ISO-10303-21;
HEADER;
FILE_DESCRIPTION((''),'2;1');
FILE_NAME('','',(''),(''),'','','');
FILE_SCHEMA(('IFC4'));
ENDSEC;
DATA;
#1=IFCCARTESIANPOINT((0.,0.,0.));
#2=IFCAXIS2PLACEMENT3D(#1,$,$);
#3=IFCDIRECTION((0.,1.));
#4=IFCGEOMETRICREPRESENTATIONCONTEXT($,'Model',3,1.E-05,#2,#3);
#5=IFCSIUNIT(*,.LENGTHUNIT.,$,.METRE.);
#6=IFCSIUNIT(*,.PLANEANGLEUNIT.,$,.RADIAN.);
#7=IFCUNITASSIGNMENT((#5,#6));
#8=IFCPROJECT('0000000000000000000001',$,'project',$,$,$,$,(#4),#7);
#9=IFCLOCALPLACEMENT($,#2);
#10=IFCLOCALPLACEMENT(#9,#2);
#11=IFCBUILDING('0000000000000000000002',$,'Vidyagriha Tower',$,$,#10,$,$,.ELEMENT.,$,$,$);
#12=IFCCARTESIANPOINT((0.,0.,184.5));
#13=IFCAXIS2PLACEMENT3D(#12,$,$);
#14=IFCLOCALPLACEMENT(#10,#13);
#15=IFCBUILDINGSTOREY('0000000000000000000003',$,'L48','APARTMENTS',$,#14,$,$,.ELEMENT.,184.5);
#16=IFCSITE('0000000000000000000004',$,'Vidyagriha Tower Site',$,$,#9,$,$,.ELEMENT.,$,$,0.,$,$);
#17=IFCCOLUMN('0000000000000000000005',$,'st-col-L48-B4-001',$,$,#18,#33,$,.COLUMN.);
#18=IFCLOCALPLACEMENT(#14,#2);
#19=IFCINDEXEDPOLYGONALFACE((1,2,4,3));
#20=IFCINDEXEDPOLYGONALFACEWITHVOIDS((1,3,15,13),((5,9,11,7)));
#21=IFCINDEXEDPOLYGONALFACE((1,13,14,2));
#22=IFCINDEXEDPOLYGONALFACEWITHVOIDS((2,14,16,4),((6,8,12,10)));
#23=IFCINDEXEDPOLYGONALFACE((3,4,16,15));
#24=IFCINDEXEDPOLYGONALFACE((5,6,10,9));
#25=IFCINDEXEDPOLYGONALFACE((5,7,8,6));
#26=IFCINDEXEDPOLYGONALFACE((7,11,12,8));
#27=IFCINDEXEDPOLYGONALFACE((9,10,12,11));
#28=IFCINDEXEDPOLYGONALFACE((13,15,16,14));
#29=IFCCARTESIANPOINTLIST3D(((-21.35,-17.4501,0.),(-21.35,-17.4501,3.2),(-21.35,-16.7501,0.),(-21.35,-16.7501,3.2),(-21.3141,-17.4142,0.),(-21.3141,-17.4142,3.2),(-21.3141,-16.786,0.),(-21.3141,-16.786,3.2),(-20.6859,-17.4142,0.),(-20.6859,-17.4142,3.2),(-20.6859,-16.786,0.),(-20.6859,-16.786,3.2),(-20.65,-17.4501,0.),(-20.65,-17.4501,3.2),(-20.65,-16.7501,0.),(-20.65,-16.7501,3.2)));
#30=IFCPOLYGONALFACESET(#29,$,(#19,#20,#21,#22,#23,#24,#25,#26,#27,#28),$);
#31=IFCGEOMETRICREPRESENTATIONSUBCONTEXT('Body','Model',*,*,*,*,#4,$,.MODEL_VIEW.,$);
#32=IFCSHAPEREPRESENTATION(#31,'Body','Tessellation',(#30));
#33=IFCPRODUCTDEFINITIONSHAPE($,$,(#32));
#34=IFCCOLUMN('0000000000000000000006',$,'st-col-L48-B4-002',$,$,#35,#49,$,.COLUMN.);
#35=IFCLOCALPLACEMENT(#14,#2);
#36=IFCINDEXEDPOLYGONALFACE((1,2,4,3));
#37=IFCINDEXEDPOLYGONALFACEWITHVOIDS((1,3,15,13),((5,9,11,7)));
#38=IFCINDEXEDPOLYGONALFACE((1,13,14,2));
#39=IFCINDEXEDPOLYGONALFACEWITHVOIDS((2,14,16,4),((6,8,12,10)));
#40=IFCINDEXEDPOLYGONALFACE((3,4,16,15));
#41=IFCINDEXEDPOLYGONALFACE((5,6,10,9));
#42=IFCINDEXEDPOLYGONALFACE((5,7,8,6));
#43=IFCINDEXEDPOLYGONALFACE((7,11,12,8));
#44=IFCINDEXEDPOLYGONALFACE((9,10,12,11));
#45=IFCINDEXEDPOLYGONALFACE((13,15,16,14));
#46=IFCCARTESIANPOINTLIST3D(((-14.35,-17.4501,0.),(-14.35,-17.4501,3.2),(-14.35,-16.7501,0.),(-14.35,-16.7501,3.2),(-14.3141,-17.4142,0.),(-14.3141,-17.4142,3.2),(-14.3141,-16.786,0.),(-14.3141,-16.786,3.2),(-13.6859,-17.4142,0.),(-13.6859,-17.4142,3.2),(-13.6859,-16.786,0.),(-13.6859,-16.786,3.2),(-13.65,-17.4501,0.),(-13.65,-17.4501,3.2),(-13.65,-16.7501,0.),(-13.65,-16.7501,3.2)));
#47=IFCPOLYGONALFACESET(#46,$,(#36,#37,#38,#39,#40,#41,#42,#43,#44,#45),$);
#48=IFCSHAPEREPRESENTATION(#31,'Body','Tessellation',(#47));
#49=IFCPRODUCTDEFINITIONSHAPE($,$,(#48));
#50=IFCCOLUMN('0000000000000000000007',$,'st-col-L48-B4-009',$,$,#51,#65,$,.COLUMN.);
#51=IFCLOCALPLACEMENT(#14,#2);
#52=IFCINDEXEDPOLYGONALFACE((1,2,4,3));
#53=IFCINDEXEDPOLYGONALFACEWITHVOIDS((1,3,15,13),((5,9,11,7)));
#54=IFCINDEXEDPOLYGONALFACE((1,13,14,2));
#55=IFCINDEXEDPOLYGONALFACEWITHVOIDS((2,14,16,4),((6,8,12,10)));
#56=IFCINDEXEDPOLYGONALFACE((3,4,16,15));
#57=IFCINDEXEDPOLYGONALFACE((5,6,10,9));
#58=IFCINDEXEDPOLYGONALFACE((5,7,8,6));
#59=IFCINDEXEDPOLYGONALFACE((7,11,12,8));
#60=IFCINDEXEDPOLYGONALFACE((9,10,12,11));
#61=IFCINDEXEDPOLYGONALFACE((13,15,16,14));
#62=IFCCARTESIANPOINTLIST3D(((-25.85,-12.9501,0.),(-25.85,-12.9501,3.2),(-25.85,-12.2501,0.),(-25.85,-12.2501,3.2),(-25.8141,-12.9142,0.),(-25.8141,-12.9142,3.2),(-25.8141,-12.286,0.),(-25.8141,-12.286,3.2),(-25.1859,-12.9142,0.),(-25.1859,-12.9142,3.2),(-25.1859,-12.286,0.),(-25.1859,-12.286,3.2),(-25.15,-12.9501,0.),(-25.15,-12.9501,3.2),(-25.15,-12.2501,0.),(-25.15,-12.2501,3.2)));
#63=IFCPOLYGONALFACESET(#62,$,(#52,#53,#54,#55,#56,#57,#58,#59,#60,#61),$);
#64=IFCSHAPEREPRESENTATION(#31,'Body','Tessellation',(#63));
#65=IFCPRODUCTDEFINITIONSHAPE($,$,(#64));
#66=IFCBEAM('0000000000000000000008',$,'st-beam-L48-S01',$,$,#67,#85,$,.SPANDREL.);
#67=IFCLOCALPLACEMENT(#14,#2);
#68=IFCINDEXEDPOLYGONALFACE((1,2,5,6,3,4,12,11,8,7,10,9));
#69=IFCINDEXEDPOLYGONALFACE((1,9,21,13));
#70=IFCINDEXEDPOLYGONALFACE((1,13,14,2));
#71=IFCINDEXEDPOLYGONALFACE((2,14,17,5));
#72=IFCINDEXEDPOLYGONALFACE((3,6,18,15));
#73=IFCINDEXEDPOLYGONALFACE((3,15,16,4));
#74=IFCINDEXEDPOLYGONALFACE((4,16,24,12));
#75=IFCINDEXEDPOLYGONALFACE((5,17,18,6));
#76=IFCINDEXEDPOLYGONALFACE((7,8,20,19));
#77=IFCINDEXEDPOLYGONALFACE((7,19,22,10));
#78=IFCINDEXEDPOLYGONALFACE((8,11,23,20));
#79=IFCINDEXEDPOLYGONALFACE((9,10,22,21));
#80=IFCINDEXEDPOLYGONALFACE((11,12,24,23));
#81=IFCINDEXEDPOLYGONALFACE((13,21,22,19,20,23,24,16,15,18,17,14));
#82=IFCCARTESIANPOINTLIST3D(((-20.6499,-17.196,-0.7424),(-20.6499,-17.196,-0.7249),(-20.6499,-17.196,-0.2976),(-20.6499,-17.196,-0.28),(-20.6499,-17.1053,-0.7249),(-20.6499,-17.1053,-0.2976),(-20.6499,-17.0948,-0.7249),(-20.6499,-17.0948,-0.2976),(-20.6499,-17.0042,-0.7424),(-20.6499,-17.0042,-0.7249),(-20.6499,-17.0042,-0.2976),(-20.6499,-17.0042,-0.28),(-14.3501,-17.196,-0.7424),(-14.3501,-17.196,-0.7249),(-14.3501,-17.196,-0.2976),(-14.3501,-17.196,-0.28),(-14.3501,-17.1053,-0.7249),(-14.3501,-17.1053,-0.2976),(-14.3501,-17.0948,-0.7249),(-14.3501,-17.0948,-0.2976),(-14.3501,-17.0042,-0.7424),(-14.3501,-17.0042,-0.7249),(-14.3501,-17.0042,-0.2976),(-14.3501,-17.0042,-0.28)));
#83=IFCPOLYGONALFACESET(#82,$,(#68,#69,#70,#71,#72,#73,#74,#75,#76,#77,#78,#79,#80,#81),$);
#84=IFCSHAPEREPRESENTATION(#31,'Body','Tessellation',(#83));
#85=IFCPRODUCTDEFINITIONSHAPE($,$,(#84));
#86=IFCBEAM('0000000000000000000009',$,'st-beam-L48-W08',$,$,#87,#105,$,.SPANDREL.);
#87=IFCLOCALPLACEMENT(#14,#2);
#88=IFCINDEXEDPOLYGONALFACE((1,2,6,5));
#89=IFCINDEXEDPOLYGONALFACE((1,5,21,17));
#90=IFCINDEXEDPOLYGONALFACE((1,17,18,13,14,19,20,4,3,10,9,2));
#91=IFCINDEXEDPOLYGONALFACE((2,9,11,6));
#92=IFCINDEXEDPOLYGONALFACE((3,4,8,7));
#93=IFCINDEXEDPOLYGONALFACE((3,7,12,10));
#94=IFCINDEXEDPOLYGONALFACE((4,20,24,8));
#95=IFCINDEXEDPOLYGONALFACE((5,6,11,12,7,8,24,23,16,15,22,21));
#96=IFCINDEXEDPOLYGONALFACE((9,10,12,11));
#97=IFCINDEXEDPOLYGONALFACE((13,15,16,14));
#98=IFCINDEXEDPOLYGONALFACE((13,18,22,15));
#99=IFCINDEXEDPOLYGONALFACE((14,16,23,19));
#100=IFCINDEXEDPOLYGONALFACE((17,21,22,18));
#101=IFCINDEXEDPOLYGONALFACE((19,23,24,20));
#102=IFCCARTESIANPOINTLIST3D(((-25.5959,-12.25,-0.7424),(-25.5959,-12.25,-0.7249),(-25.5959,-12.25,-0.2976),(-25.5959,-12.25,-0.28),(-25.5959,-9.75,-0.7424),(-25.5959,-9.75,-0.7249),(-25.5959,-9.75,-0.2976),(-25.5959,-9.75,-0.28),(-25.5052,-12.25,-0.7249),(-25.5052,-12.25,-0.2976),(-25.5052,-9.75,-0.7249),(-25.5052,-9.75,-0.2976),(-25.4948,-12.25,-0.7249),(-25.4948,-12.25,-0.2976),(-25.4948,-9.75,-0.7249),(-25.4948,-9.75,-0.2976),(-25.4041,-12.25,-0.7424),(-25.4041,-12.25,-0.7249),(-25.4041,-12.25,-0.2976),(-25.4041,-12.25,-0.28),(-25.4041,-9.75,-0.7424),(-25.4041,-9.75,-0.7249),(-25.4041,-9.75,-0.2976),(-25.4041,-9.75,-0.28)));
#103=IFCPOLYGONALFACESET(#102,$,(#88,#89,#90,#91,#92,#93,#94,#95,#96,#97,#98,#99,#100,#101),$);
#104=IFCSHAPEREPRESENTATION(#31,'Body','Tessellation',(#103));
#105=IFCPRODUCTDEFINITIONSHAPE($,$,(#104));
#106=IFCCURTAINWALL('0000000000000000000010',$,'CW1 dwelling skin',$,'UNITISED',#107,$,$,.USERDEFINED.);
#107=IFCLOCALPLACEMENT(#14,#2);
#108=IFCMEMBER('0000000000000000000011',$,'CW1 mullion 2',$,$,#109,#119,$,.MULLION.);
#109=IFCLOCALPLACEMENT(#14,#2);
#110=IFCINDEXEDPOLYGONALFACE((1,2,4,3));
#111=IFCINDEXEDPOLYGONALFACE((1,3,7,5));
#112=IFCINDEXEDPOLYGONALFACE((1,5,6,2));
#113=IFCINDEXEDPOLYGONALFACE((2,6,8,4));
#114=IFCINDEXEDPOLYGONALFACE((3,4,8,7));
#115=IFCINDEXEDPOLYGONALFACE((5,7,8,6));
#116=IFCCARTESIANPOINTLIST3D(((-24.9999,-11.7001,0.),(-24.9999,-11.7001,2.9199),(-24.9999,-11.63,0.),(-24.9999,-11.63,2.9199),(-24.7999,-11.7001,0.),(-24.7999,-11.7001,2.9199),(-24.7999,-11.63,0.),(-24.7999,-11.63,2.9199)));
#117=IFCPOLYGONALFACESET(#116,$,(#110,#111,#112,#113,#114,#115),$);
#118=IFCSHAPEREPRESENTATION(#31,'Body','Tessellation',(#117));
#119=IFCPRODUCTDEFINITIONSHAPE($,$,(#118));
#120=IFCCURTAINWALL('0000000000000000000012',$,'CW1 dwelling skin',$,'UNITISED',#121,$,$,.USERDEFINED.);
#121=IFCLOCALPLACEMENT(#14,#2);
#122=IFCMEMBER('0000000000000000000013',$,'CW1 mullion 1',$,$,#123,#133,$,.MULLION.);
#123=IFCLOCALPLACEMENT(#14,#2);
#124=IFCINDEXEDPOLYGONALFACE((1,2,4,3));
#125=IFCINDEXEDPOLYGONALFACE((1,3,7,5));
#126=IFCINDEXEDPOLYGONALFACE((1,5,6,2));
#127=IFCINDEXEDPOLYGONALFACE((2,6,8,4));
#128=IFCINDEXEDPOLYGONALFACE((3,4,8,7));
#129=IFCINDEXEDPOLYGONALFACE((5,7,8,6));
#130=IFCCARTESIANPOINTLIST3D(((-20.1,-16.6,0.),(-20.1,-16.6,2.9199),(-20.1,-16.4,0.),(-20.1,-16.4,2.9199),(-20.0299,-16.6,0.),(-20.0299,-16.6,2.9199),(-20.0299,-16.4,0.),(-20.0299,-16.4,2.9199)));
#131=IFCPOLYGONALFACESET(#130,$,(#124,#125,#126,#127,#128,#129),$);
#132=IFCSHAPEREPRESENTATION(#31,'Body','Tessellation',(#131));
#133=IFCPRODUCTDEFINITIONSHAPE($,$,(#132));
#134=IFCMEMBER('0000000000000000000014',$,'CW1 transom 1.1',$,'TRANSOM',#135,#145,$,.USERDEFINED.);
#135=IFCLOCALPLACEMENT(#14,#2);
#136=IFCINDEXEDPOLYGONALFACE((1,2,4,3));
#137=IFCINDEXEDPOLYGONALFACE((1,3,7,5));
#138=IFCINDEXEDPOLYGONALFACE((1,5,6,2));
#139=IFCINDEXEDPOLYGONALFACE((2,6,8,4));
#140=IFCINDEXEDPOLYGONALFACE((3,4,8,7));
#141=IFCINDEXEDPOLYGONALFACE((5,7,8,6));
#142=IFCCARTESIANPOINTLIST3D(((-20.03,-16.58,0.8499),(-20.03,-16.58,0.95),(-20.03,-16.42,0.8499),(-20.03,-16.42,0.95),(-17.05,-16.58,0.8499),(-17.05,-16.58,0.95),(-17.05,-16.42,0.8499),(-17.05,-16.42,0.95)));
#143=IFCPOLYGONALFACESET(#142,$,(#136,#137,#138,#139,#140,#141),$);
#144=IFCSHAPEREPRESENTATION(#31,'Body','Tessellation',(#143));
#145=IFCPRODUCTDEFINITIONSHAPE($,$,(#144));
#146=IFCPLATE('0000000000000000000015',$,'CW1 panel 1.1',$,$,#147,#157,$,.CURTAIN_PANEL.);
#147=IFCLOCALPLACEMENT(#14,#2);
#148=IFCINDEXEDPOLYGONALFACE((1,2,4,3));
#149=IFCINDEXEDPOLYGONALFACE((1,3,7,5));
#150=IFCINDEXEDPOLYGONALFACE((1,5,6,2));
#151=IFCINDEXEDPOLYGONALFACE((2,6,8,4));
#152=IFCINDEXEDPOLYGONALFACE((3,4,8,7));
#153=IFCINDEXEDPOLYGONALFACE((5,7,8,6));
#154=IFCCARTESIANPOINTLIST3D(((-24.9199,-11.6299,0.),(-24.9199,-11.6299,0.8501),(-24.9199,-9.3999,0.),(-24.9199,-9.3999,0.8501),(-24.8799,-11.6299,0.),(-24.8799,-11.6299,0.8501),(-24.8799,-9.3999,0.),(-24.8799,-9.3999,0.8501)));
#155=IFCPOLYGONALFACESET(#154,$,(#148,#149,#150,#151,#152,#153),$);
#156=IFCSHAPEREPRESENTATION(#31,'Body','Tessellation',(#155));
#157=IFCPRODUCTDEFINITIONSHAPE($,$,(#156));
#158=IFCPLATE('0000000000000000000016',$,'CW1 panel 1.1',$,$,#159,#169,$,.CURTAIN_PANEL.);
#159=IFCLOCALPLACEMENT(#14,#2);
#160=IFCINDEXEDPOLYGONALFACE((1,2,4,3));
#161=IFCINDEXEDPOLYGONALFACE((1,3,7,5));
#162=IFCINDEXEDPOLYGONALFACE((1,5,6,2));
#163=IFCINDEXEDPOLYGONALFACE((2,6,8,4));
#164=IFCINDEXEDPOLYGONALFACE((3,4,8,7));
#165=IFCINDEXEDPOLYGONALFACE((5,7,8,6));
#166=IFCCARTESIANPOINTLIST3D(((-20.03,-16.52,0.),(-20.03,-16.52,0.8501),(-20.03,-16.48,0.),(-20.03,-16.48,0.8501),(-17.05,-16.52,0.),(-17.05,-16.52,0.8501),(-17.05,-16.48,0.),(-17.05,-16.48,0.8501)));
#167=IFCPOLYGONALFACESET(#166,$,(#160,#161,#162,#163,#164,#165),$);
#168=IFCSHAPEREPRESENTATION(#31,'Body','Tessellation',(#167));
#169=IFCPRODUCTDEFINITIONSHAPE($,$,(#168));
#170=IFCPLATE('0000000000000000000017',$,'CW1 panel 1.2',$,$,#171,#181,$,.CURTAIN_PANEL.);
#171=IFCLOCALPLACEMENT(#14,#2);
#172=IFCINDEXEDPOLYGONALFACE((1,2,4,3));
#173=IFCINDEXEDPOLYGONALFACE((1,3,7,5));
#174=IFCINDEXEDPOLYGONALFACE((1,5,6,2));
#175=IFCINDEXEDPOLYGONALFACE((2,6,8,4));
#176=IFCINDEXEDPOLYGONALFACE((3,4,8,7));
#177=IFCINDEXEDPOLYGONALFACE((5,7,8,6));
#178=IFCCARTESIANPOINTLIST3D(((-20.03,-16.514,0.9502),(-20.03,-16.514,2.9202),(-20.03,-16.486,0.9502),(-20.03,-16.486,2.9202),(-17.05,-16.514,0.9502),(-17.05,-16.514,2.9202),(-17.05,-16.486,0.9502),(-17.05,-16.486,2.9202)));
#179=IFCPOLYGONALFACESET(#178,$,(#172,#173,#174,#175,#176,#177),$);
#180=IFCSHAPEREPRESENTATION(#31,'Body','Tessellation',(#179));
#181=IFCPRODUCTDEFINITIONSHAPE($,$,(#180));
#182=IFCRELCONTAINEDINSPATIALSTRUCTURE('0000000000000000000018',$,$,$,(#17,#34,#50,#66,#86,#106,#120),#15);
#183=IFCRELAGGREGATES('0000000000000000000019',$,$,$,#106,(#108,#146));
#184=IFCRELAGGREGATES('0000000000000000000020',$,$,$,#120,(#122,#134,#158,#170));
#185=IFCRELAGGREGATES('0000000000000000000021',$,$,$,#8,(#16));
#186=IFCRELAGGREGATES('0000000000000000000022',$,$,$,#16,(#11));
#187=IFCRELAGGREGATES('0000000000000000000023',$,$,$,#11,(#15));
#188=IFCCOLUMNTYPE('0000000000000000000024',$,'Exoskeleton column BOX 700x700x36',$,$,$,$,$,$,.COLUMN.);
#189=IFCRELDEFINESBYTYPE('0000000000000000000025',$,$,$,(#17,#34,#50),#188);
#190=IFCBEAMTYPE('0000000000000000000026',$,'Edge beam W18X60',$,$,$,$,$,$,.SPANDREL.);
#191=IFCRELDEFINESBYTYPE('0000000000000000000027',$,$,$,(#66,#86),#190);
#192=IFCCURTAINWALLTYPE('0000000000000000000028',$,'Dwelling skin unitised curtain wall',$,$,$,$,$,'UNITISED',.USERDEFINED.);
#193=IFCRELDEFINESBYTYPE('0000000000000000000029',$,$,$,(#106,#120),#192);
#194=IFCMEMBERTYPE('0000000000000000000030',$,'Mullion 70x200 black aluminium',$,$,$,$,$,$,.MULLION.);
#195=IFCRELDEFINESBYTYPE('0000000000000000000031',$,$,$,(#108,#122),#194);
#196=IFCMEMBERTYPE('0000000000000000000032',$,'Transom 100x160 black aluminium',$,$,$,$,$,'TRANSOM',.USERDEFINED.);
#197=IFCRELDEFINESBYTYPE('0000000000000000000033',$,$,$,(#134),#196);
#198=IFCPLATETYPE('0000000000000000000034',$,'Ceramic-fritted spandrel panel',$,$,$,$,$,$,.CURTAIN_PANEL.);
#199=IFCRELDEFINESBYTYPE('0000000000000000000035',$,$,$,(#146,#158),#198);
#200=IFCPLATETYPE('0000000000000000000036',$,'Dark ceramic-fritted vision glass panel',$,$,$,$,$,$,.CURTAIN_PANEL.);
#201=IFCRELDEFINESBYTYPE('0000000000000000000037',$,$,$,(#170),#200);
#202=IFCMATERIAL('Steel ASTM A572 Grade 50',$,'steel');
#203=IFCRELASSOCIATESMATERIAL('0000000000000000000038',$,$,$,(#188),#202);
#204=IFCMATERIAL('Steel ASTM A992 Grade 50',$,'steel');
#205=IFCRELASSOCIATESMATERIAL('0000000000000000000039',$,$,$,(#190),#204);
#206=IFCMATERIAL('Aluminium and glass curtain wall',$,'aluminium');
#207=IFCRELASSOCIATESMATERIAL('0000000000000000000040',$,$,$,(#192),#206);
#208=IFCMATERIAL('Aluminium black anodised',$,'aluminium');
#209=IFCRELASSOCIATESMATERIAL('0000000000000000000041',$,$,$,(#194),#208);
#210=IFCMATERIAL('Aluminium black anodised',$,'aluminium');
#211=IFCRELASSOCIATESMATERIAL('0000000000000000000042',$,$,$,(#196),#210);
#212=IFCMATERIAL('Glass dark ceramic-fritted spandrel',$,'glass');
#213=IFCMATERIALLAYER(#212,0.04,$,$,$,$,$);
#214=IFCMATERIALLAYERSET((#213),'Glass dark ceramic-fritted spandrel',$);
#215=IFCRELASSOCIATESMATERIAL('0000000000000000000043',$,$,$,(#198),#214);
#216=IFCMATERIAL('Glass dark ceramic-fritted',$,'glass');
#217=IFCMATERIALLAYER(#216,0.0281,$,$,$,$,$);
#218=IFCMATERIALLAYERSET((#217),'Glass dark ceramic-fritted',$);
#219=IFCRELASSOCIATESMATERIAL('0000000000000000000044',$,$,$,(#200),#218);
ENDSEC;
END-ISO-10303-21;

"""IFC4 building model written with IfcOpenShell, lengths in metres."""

from ifc_helpers import new_model, si_unit, direction, frame, origin, origin_2d, place, context, subcontext, project, spatial, rectangle, hollow_rectangle, i_section, extrude, material, layer, layer_set, material_profile, profile_set, type_object, element, aggregate, save


model = new_model("IFC4")

# Units and contexts
model_context = context("Model", 3, precision=1e-05, world=origin(), true_north=direction((0.0, 1.0)))
body_context = subcontext(model_context, "Body", "Model", "MODEL_VIEW")
ifc_project = project(units=[si_unit("LENGTHUNIT", "METRE"), si_unit("PLANEANGLEUNIT", "RADIAN")], contexts=[model_context])

# Site, building, storey
site_placement = place(None, origin())
site = spatial("IfcSite", under=ifc_project, at=site_placement, Name="Vidyagriha Tower Site", CompositionType="ELEMENT", RefElevation=0.0)
building_placement = place(site_placement, origin())
building = spatial("IfcBuilding", under=site, at=building_placement, Name="Vidyagriha Tower", CompositionType="ELEMENT")
storey_placement = place(building_placement, frame((0.0, 0.0, 184.5)))
storey = spatial("IfcBuildingStorey", under=building, at=storey_placement, Name="L48", Description="APARTMENTS", CompositionType="ELEMENT", Elevation=184.5)

# Columns
ifc_material_1 = material(Name="Steel ASTM A572 Grade 50", Category="steel")
ifc_material_profile_1 = material_profile(ifc_material_1, hollow_rectangle(XDim=0.7, YDim=0.7, WallThickness=0.0359, at=origin_2d()), Name="BOX 700x700x36")
ifc_profile_set_1 = profile_set([ifc_material_profile_1], Name="Steel ASTM A572 Grade 50")
column_type = type_object("IfcColumnType", Name="Exoskeleton column BOX 700x700x36", PredefinedType="COLUMN", material=ifc_profile_set_1)
for number, where, name in (
    (1, (-21.0, -17.1001, 0.0), "st-col-L48-B4-001"),
    (2, (-14.0, -17.1001, 0.0), "st-col-L48-B4-002"),
    (3, (-25.5, -12.6001, 0.0), "st-col-L48-B4-009"),
):
    element("IfcColumn", number, at=place(storey_placement, frame(where)), inside=storey, type_object=column_type, Name=name, PredefinedType="COLUMN", context=body_context, shape_type="SweptSolid", body=[
        extrude(hollow_rectangle(XDim=0.7, YDim=0.7, WallThickness=0.0359, at=origin_2d()), origin(), (0.0, 0.0, 1.0), 3.2),
    ])

# Beams
ifc_material_2 = material(Name="Steel ASTM A992 Grade 50", Category="steel")
ifc_material_profile_2 = material_profile(ifc_material_2, i_section(OverallWidth=0.1919, OverallDepth=0.4624, WebThickness=0.0105, FlangeThickness=0.0176, at=origin_2d()), Name="W18X60")
ifc_profile_set_2 = profile_set([ifc_material_profile_2], Name="Steel ASTM A992 Grade 50")
beam_type = type_object("IfcBeamType", Name="Edge beam W18X60", PredefinedType="SPANDREL", material=ifc_profile_set_2)
beam_1_placement = place(storey_placement, frame((-20.6499, -17.1001, -0.5112), z_axis=(1.0, 0.0, 0.0), x_axis=(0.0, 1.0, 0.0)))
element("IfcBeam", 4, at=beam_1_placement, inside=storey, type_object=beam_type, Name="st-beam-L48-S01", PredefinedType="SPANDREL", context=body_context, shape_type="SweptSolid", body=[
    extrude(i_section(OverallWidth=0.1919, OverallDepth=0.4624, WebThickness=0.0105, FlangeThickness=0.0176, at=origin_2d()), origin(), (0.0, 0.0, 1.0), 6.2998),
])
beam_2_placement = place(storey_placement, frame((-25.5, -12.25, -0.5112), z_axis=(0.0, 1.0, 0.0), x_axis=(-1.0, 0.0, 0.0)))
element("IfcBeam", 5, at=beam_2_placement, inside=storey, type_object=beam_type, Name="st-beam-L48-W08", PredefinedType="SPANDREL", context=body_context, shape_type="SweptSolid", body=[
    extrude(i_section(OverallWidth=0.1919, OverallDepth=0.4624, WebThickness=0.0105, FlangeThickness=0.0176, at=origin_2d()), origin(), (0.0, 0.0, 1.0), 2.5),
])

# Curtain wall, member
ifc_material_3 = material(Name="Aluminium and glass curtain wall", Category="aluminium")
curtain_wall_type = type_object("IfcCurtainWallType", Name="Dwelling skin unitised curtain wall", ElementType="UNITISED", PredefinedType="USERDEFINED", material=ifc_material_3)
curtain_wall_1_placement = place(storey_placement, origin())
curtain_wall_1 = element("IfcCurtainWall", 6, at=curtain_wall_1_placement, inside=storey, type_object=curtain_wall_type, Name="CW1 dwelling skin", ObjectType="UNITISED", PredefinedType="USERDEFINED")
ifc_material_4 = material(Name="Aluminium black anodised", Category="aluminium")
ifc_material_profile_3 = material_profile(ifc_material_4, rectangle(XDim=0.2, YDim=0.0701, at=origin_2d()), Name="Mullion 70x200 black aluminium")
ifc_profile_set_3 = profile_set([ifc_material_profile_3], Name="Aluminium black anodised")
member_type_1 = type_object("IfcMemberType", Name="Mullion 70x200 black aluminium", PredefinedType="MULLION", material=ifc_profile_set_3)
member_1_placement = place(storey_placement, frame((-24.8999, -11.665, 0.0)))
member_1 = element("IfcMember", 7, at=member_1_placement, type_object=member_type_1, Name="CW1 mullion 2", PredefinedType="MULLION", context=body_context, shape_type="SweptSolid", body=[
    extrude(rectangle(XDim=0.2, YDim=0.0701, at=origin_2d()), origin(), (0.0, 0.0, 1.0), 2.9199),
])

# Curtain wall, members
curtain_wall_2_placement = place(storey_placement, origin())
curtain_wall_2 = element("IfcCurtainWall", 8, at=curtain_wall_2_placement, inside=storey, type_object=curtain_wall_type, Name="CW1 dwelling skin", ObjectType="UNITISED", PredefinedType="USERDEFINED")
member_2_placement = place(storey_placement, frame((-20.0649, -16.5, 0.0), z_axis=(0.0, 0.0, 1.0), x_axis=(0.0, 1.0, 0.0)))
member_2 = element("IfcMember", 9, at=member_2_placement, type_object=member_type_1, Name="CW1 mullion 1", PredefinedType="MULLION", context=body_context, shape_type="SweptSolid", body=[
    extrude(rectangle(XDim=0.2, YDim=0.0701, at=origin_2d()), origin(), (0.0, 0.0, 1.0), 2.9199),
])
ifc_material_5 = material(Name="Aluminium black anodised", Category="aluminium")
ifc_material_profile_4 = material_profile(ifc_material_5, rectangle(XDim=0.1599, YDim=0.1001, at=origin_2d()), Name="Transom 100x160 black aluminium")
ifc_profile_set_4 = profile_set([ifc_material_profile_4], Name="Aluminium black anodised")
member_type_2 = type_object("IfcMemberType", Name="Transom 100x160 black aluminium", ElementType="TRANSOM", PredefinedType="USERDEFINED", material=ifc_profile_set_4)
member_3_placement = place(storey_placement, frame((-20.03, -16.5, 0.8999), z_axis=(1.0, 0.0, 0.0), x_axis=(0.0, 1.0, 0.0)))
member_3 = element("IfcMember", 10, at=member_3_placement, type_object=member_type_2, Name="CW1 transom 1.1", ObjectType="TRANSOM", PredefinedType="USERDEFINED", context=body_context, shape_type="SweptSolid", body=[
    extrude(rectangle(XDim=0.1599, YDim=0.1001, at=origin_2d()), origin(), (0.0, 0.0, 1.0), 2.98),
])

# Plates
ifc_material_6 = material(Name="Glass dark ceramic-fritted spandrel", Category="glass")
ifc_layer_1 = layer(ifc_material_6, 0.04)
ifc_layer_set_1 = layer_set([ifc_layer_1], Name="Glass dark ceramic-fritted spandrel")
plate_type_1 = type_object("IfcPlateType", Name="Ceramic-fritted spandrel panel", PredefinedType="CURTAIN_PANEL", material=ifc_layer_set_1)
plate_1_placement = place(storey_placement, frame((-24.8999, -10.5149, 0.0), z_axis=(0.0, 0.0, 1.0), x_axis=(0.0, -1.0, 0.0)))
plate_1 = element("IfcPlate", 11, at=plate_1_placement, type_object=plate_type_1, Name="CW1 panel 1.1", PredefinedType="CURTAIN_PANEL", context=body_context, shape_type="SweptSolid", body=[
    extrude(rectangle(XDim=2.23, YDim=0.04, at=origin_2d()), origin(), (0.0, 0.0, 1.0), 0.8501),
])
aggregate(curtain_wall_1, [member_1, plate_1])
plate_2_placement = place(storey_placement, frame((-18.54, -16.5, 0.0)))
plate_2 = element("IfcPlate", 12, at=plate_2_placement, type_object=plate_type_1, Name="CW1 panel 1.1", PredefinedType="CURTAIN_PANEL", context=body_context, shape_type="SweptSolid", body=[
    extrude(rectangle(XDim=2.98, YDim=0.04, at=origin_2d()), origin(), (0.0, 0.0, 1.0), 0.8501),
])
ifc_material_7 = material(Name="Glass dark ceramic-fritted", Category="glass")
ifc_layer_2 = layer(ifc_material_7, 0.0281)
ifc_layer_set_2 = layer_set([ifc_layer_2], Name="Glass dark ceramic-fritted")
plate_type_2 = type_object("IfcPlateType", Name="Dark ceramic-fritted vision glass panel", PredefinedType="CURTAIN_PANEL", material=ifc_layer_set_2)
plate_3_placement = place(storey_placement, frame((-18.54, -16.5, 0.9502)))
plate_3 = element("IfcPlate", 13, at=plate_3_placement, type_object=plate_type_2, Name="CW1 panel 1.2", PredefinedType="CURTAIN_PANEL", context=body_context, shape_type="SweptSolid", body=[
    extrude(rectangle(XDim=2.98, YDim=0.0281, at=origin_2d()), origin(), (0.0, 0.0, 1.0), 1.97),
])
aggregate(curtain_wall_2, [member_2, member_3, plate_2, plate_3])

save(model, "model.ifc")
